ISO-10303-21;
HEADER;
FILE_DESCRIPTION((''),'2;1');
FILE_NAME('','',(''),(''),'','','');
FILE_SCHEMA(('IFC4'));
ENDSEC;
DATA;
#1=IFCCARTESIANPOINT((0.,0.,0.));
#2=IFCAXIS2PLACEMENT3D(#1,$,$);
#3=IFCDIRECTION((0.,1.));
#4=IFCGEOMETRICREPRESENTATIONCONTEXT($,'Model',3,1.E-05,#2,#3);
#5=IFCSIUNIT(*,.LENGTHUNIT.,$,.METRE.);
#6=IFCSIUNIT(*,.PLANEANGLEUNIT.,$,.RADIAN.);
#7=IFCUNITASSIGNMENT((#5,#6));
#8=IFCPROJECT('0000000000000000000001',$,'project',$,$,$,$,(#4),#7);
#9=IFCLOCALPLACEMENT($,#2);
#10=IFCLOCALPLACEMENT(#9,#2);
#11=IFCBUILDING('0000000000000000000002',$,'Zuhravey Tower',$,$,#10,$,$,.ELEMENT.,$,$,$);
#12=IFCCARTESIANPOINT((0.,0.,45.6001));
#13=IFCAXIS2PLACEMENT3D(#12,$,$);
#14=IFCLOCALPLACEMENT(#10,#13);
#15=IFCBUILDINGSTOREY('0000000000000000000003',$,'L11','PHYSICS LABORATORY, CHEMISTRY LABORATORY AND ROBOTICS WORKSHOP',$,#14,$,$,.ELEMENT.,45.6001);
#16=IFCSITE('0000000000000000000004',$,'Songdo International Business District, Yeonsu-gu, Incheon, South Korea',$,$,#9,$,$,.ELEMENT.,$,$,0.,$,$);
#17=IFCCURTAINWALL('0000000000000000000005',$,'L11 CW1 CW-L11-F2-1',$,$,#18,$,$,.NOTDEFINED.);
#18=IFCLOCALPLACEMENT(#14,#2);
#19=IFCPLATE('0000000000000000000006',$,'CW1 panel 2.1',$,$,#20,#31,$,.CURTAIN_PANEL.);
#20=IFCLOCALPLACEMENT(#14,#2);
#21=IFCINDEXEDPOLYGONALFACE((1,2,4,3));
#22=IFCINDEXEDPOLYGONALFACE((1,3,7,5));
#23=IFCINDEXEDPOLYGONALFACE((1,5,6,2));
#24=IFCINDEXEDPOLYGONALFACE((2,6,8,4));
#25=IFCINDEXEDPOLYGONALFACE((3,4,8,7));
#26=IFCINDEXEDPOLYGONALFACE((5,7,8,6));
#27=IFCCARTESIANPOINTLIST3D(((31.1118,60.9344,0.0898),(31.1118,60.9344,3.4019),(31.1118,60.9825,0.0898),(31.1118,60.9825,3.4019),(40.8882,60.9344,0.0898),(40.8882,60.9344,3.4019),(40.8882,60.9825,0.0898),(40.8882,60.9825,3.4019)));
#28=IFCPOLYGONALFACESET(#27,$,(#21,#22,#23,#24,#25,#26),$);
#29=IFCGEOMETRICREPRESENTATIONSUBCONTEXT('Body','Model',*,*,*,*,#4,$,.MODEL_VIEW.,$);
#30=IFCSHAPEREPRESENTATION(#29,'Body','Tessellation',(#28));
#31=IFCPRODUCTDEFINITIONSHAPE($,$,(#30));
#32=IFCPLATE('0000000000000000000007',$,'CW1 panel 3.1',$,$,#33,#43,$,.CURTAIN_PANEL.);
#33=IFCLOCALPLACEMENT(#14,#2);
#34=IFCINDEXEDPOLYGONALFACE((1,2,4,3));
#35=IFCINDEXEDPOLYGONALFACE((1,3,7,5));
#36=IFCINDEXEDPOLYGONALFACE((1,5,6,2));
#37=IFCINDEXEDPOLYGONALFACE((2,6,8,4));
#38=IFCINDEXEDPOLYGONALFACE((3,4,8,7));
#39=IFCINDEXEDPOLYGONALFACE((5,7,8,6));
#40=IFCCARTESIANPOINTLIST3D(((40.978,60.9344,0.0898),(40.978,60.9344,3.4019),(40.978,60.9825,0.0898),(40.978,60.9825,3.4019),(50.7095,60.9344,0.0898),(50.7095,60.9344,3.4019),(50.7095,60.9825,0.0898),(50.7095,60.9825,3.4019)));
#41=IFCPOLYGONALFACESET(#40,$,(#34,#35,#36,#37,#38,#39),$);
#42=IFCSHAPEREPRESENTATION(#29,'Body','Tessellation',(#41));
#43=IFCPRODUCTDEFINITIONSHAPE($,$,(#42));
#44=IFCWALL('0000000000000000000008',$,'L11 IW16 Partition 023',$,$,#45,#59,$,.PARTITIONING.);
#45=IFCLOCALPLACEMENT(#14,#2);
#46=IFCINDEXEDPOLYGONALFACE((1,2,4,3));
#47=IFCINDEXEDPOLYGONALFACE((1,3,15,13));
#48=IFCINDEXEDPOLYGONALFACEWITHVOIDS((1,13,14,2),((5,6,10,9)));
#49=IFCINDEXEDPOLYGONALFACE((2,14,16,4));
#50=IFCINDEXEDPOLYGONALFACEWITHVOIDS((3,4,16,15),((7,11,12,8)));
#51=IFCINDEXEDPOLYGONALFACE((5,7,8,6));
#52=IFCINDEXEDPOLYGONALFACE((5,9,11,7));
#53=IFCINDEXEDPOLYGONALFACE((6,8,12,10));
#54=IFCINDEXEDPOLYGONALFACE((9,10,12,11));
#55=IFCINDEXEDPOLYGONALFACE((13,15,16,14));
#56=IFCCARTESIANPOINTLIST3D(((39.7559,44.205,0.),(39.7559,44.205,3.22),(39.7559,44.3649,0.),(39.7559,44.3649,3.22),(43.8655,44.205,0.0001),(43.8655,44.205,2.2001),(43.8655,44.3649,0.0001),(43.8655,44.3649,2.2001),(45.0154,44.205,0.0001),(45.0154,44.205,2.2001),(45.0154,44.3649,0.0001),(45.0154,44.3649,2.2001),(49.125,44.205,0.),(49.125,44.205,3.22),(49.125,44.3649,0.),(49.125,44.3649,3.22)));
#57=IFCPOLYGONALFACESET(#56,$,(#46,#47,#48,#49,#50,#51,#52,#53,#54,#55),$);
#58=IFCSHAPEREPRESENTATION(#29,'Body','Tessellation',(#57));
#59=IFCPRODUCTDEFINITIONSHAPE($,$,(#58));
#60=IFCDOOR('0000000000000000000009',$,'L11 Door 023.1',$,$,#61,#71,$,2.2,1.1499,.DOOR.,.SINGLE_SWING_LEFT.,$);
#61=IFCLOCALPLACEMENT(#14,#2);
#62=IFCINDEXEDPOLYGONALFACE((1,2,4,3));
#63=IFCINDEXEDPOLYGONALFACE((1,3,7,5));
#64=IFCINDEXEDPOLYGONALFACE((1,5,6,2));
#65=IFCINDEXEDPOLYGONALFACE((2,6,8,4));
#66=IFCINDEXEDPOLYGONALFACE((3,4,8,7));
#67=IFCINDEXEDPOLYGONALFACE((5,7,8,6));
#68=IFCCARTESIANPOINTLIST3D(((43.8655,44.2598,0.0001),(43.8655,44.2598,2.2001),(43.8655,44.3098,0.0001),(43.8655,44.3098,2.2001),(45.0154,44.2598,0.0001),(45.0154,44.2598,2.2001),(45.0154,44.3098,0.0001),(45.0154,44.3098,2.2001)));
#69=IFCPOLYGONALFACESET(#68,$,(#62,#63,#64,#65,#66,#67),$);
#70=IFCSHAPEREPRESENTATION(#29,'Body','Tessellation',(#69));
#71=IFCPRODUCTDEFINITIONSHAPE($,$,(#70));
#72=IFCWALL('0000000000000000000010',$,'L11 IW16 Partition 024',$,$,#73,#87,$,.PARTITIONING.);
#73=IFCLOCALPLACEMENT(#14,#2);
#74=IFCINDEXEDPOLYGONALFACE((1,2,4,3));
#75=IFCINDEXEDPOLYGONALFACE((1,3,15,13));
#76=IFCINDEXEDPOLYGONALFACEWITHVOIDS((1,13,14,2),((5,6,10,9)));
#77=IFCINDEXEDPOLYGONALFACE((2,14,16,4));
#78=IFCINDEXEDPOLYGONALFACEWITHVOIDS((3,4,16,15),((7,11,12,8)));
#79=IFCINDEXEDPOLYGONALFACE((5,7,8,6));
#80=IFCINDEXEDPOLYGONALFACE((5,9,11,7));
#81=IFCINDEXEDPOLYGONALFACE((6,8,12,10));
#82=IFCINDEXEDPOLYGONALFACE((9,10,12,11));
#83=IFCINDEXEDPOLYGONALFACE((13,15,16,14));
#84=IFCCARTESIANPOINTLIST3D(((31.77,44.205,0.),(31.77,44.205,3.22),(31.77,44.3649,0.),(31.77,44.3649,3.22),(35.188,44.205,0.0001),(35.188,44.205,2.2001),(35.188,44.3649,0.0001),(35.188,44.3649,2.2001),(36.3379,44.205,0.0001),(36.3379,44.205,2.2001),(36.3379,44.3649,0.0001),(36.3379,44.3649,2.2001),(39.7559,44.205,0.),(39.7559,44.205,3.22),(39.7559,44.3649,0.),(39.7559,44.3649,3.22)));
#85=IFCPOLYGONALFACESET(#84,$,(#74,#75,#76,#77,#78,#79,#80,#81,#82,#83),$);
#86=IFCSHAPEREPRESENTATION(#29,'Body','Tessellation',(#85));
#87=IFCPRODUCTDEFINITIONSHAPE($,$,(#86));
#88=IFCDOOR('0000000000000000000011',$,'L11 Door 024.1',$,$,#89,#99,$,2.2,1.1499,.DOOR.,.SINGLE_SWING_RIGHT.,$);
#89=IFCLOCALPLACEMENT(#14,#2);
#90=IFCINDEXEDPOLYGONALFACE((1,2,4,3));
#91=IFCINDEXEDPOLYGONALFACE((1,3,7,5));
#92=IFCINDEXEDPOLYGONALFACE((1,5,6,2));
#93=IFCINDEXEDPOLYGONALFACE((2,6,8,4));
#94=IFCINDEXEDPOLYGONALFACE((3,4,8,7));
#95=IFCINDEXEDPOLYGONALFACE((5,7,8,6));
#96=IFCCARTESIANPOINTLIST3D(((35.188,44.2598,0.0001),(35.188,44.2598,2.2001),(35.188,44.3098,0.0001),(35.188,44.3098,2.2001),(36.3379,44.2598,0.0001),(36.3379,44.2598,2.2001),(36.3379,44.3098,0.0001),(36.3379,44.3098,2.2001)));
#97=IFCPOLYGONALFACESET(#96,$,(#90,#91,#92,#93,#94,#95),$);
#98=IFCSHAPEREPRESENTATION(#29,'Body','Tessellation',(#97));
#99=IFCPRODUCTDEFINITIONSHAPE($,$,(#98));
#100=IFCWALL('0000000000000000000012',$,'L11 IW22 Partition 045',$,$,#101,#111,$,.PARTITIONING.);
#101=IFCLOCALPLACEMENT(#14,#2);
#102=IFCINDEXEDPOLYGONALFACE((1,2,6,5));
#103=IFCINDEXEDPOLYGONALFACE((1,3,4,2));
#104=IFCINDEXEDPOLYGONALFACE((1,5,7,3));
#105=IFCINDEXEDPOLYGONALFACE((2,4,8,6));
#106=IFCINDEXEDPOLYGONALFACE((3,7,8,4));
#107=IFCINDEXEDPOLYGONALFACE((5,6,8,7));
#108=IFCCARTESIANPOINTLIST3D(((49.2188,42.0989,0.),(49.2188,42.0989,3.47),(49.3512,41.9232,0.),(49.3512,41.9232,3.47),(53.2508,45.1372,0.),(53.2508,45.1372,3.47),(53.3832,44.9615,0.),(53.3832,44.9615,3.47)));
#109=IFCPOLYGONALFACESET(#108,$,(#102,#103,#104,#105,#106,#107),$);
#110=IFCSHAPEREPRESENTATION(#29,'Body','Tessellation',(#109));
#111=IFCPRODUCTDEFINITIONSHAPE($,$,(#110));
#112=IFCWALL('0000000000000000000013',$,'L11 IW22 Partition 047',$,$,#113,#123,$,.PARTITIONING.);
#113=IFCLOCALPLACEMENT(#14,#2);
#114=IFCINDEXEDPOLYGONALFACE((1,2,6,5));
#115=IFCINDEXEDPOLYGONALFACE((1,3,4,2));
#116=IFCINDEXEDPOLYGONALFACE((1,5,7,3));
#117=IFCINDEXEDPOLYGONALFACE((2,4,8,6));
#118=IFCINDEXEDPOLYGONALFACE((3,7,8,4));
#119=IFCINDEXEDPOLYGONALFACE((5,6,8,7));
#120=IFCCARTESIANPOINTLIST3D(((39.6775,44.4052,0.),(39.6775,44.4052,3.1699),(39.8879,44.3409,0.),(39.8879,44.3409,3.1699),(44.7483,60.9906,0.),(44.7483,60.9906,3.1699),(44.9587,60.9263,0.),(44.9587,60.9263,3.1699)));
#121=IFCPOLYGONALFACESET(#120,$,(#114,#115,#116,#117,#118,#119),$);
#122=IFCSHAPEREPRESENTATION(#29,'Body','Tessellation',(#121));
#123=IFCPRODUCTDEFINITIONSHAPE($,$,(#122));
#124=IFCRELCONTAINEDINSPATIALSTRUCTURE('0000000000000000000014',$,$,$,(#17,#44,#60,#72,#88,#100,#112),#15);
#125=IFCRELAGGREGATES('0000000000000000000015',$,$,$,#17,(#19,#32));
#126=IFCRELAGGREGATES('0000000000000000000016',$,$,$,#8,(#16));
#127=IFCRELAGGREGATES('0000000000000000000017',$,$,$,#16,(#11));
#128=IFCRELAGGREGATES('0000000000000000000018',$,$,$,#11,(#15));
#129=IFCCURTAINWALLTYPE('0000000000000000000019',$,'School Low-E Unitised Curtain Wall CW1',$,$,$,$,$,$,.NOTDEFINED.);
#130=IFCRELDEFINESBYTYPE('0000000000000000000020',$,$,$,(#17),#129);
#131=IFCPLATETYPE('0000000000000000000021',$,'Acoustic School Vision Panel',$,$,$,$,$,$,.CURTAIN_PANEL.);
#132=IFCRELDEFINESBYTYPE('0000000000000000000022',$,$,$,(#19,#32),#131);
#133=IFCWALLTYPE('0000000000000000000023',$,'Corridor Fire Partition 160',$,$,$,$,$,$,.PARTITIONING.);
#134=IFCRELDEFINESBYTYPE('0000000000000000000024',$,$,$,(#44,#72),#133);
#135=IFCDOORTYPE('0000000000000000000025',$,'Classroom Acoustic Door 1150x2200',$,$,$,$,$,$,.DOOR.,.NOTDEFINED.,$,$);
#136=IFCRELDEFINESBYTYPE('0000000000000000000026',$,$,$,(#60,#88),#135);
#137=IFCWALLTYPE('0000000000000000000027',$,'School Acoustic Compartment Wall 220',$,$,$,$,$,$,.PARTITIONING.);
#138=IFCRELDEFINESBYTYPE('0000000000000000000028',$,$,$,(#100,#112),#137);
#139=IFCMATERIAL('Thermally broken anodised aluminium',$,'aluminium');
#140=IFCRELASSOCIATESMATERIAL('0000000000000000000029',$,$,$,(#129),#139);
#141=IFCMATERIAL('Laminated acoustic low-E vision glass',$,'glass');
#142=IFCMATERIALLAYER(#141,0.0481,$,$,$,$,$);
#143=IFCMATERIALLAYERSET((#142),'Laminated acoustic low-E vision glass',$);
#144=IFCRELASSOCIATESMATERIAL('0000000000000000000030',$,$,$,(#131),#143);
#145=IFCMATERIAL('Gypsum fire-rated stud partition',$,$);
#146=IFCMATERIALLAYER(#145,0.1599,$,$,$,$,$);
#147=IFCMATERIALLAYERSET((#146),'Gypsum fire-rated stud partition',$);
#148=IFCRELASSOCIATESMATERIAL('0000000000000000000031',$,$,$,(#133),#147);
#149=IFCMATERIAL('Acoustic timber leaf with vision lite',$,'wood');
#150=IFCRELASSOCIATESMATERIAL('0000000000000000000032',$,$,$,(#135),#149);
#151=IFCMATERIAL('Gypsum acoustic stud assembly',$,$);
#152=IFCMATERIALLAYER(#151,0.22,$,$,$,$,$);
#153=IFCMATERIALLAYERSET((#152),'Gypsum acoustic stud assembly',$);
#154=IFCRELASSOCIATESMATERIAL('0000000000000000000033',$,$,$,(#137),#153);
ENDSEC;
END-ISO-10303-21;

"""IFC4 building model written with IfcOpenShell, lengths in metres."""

from ifc_helpers import new_model, si_unit, direction, frame, frame_2d, origin, origin_2d, place, context, subcontext, project, spatial, rectangle, extrude, material, layer, layer_set, type_object, element, fill, aggregate, save


model = new_model("IFC4")

# Units and contexts
model_context = context("Model", 3, precision=1e-05, world=origin(), true_north=direction((0.0, 1.0)))
body_context = subcontext(model_context, "Body", "Model", "MODEL_VIEW")
ifc_project = project(units=[si_unit("LENGTHUNIT", "METRE"), si_unit("PLANEANGLEUNIT", "RADIAN")], contexts=[model_context])

# Site, building, storey
site_placement = place(None, origin())
site = spatial("IfcSite", under=ifc_project, at=site_placement, Name="Songdo International Business District, Yeonsu-gu, Incheon, South Korea", CompositionType="ELEMENT", RefElevation=0.0)
building_placement = place(site_placement, origin())
building = spatial("IfcBuilding", under=site, at=building_placement, Name="Zuhravey Tower", CompositionType="ELEMENT")
storey_placement = place(building_placement, frame((0.0, 0.0, 45.6001)))
storey = spatial("IfcBuildingStorey", under=building, at=storey_placement, Name="L11", Description="PHYSICS LABORATORY, CHEMISTRY LABORATORY AND ROBOTICS WORKSHOP", CompositionType="ELEMENT", Elevation=45.6001)

# Curtain wall
ifc_material_1 = material(Name="Thermally broken anodised aluminium", Category="aluminium")
curtain_wall_type = type_object("IfcCurtainWallType", Name="School Low-E Unitised Curtain Wall CW1", PredefinedType="NOTDEFINED", material=ifc_material_1)
curtain_wall_placement = place(storey_placement, origin())
curtain_wall = element("IfcCurtainWall", 1, at=curtain_wall_placement, inside=storey, type_object=curtain_wall_type, Name="L11 CW1 CW-L11-F2-1", PredefinedType="NOTDEFINED")

# Plates
ifc_material_2 = material(Name="Laminated acoustic low-E vision glass", Category="glass")
ifc_layer_1 = layer(ifc_material_2, 0.0481)
ifc_layer_set_1 = layer_set([ifc_layer_1], Name="Laminated acoustic low-E vision glass")
plate_type = type_object("IfcPlateType", Name="Acoustic School Vision Panel", PredefinedType="CURTAIN_PANEL", material=ifc_layer_set_1)
plate_1_placement = place(storey_placement, frame((36.0, 60.9585, 0.0898), z_axis=(0.0, 0.0, 1.0), x_axis=(1.0, 0.0, 0.0)))
plate_1 = element("IfcPlate", 2, at=plate_1_placement, type_object=plate_type, Name="CW1 panel 2.1", PredefinedType="CURTAIN_PANEL", context=body_context, shape_type="SweptSolid", body=[
    extrude(rectangle(XDim=9.7764, YDim=0.0481, at=origin_2d()), origin(), (0.0, 0.0, 1.0), 3.312),
])
plate_2_placement = place(storey_placement, frame((45.8438, 60.9585, 0.0898), z_axis=(0.0, 0.0, 1.0), x_axis=(1.0, 0.0, 0.0)))
plate_2 = element("IfcPlate", 3, at=plate_2_placement, type_object=plate_type, Name="CW1 panel 3.1", PredefinedType="CURTAIN_PANEL", context=body_context, shape_type="SweptSolid", body=[
    extrude(rectangle(XDim=9.7314, YDim=0.0481, at=origin_2d()), origin(), (0.0, 0.0, 1.0), 3.312),
])
aggregate(curtain_wall, [plate_1, plate_2])

# Walls, openings, doors
ifc_material_3 = material(Name="Gypsum fire-rated stud partition")
ifc_layer_2 = layer(ifc_material_3, 0.1599)
ifc_layer_set_2 = layer_set([ifc_layer_2], Name="Gypsum fire-rated stud partition")
wall_type_1 = type_object("IfcWallType", Name="Corridor Fire Partition 160", PredefinedType="PARTITIONING", material=ifc_layer_set_2)
wall_1_placement = place(storey_placement, frame((49.125, 44.2849, 0.0), z_axis=(0.0, 0.0, 1.0), x_axis=(-1.0, 0.0, 0.0)))
wall_1 = element("IfcWall", 4, at=wall_1_placement, inside=storey, type_object=wall_type_1, Name="L11 IW16 Partition 023", PredefinedType="PARTITIONING", context=body_context, shape_type="SweptSolid", body=[
    extrude(rectangle(XDim=9.3691, YDim=0.1599, at=frame_2d((4.6846, 0.0))), origin(), (0.0, 0.0, 1.0), 3.22),
])
opening_1_placement = place(wall_1_placement, frame((4.1096, 0.0, 0.0)))
opening_1 = element("IfcOpeningElement", 5, at=opening_1_placement, cuts=wall_1, PredefinedType="OPENING", context=body_context, shape_type="SweptSolid", body=[
    extrude(rectangle(XDim=1.1499, YDim=2.2, at=frame_2d((0.575, 1.1001))), frame((0.0, 0.092, 0.0), z_axis=(0.0, -1.0, 0.0), x_axis=(1.0, 0.0, 0.0)), (0.0, 0.0, 1.0), 0.1838),
])
ifc_material_4 = material(Name="Acoustic timber leaf with vision lite", Category="wood")
door_type = type_object("IfcDoorType", Name="Classroom Acoustic Door 1150x2200", OperationType="NOTDEFINED", PredefinedType="DOOR", material=ifc_material_4)
door_1_placement = place(opening_1_placement, frame((1.1499, 0.0, 0.0), z_axis=(0.0, 0.0, 1.0), x_axis=(-1.0, 0.0, 0.0)))
door_1 = element("IfcDoor", 6, at=door_1_placement, inside=storey, type_object=door_type, Name="L11 Door 023.1", OperationType="SINGLE_SWING_LEFT", OverallHeight=2.2, OverallWidth=1.1499, PredefinedType="DOOR", context=body_context, shape_type="SweptSolid", body=[
    extrude(rectangle(XDim=1.1499, YDim=2.2, at=frame_2d((0.575, 1.1001))), frame((0.0, 0.0249, 0.0), z_axis=(0.0, -1.0, 0.0), x_axis=(1.0, 0.0, 0.0)), (0.0, 0.0, 1.0), 0.05),
])
fill(opening_1, door_1)
wall_2_placement = place(storey_placement, frame((39.7559, 44.2849, 0.0), z_axis=(0.0, 0.0, 1.0), x_axis=(-1.0, 0.0, 0.0)))
wall_2 = element("IfcWall", 7, at=wall_2_placement, inside=storey, type_object=wall_type_1, Name="L11 IW16 Partition 024", PredefinedType="PARTITIONING", context=body_context, shape_type="SweptSolid", body=[
    extrude(rectangle(XDim=7.9858, YDim=0.1599, at=frame_2d((3.9929, 0.0))), origin(), (0.0, 0.0, 1.0), 3.22),
])
opening_2_placement = place(wall_2_placement, frame((3.418, 0.0, 0.0)))
opening_2 = element("IfcOpeningElement", 8, at=opening_2_placement, cuts=wall_2, PredefinedType="OPENING", context=body_context, shape_type="SweptSolid", body=[
    extrude(rectangle(XDim=1.1499, YDim=2.2, at=frame_2d((0.575, 1.1001))), frame((0.0, 0.092, 0.0), z_axis=(0.0, -1.0, 0.0), x_axis=(1.0, 0.0, 0.0)), (0.0, 0.0, 1.0), 0.1838),
])
door_2_placement = place(opening_2_placement, frame((1.1499, 0.0, 0.0), z_axis=(0.0, 0.0, 1.0), x_axis=(-1.0, 0.0, 0.0)))
door_2 = element("IfcDoor", 9, at=door_2_placement, inside=storey, type_object=door_type, Name="L11 Door 024.1", OperationType="SINGLE_SWING_RIGHT", OverallHeight=2.2, OverallWidth=1.1499, PredefinedType="DOOR", context=body_context, shape_type="SweptSolid", body=[
    extrude(rectangle(XDim=1.1499, YDim=2.2, at=frame_2d((0.575, 1.1001))), frame((0.0, 0.0249, 0.0), z_axis=(0.0, -1.0, 0.0), x_axis=(1.0, 0.0, 0.0)), (0.0, 0.0, 1.0), 0.05),
])
fill(opening_2, door_2)

# Walls
ifc_material_5 = material(Name="Gypsum acoustic stud assembly")
ifc_layer_3 = layer(ifc_material_5, 0.22)
ifc_layer_set_3 = layer_set([ifc_layer_3], Name="Gypsum acoustic stud assembly")
wall_type_2 = type_object("IfcWallType", Name="School Acoustic Compartment Wall 220", PredefinedType="PARTITIONING", material=ifc_layer_set_3)
wall_3_placement = place(storey_placement, frame((49.2849, 42.011, 0.0), z_axis=(0.0, 0.0, 1.0), x_axis=(0.798634, 0.601817, 0.0)))
element("IfcWall", 10, at=wall_3_placement, inside=storey, type_object=wall_type_2, Name="L11 IW22 Partition 045", PredefinedType="PARTITIONING", context=body_context, shape_type="SweptSolid", body=[
    extrude(rectangle(XDim=5.0486, YDim=0.22, at=frame_2d((2.5244, 0.0))), origin(), (0.0, 0.0, 1.0), 3.47),
])
wall_4_placement = place(storey_placement, frame((39.7827, 44.373, 0.0), z_axis=(0.0, 0.0, 1.0), x_axis=(0.292378, 0.956303, 0.0)))
element("IfcWall", 11, at=wall_4_placement, inside=storey, type_object=wall_type_2, Name="L11 IW22 Partition 047", PredefinedType="PARTITIONING", context=body_context, shape_type="SweptSolid", body=[
    extrude(rectangle(XDim=17.3433, YDim=0.22, at=frame_2d((8.6716, 0.0))), origin(), (0.0, 0.0, 1.0), 3.1699),
])

save(model, "model.ifc")
